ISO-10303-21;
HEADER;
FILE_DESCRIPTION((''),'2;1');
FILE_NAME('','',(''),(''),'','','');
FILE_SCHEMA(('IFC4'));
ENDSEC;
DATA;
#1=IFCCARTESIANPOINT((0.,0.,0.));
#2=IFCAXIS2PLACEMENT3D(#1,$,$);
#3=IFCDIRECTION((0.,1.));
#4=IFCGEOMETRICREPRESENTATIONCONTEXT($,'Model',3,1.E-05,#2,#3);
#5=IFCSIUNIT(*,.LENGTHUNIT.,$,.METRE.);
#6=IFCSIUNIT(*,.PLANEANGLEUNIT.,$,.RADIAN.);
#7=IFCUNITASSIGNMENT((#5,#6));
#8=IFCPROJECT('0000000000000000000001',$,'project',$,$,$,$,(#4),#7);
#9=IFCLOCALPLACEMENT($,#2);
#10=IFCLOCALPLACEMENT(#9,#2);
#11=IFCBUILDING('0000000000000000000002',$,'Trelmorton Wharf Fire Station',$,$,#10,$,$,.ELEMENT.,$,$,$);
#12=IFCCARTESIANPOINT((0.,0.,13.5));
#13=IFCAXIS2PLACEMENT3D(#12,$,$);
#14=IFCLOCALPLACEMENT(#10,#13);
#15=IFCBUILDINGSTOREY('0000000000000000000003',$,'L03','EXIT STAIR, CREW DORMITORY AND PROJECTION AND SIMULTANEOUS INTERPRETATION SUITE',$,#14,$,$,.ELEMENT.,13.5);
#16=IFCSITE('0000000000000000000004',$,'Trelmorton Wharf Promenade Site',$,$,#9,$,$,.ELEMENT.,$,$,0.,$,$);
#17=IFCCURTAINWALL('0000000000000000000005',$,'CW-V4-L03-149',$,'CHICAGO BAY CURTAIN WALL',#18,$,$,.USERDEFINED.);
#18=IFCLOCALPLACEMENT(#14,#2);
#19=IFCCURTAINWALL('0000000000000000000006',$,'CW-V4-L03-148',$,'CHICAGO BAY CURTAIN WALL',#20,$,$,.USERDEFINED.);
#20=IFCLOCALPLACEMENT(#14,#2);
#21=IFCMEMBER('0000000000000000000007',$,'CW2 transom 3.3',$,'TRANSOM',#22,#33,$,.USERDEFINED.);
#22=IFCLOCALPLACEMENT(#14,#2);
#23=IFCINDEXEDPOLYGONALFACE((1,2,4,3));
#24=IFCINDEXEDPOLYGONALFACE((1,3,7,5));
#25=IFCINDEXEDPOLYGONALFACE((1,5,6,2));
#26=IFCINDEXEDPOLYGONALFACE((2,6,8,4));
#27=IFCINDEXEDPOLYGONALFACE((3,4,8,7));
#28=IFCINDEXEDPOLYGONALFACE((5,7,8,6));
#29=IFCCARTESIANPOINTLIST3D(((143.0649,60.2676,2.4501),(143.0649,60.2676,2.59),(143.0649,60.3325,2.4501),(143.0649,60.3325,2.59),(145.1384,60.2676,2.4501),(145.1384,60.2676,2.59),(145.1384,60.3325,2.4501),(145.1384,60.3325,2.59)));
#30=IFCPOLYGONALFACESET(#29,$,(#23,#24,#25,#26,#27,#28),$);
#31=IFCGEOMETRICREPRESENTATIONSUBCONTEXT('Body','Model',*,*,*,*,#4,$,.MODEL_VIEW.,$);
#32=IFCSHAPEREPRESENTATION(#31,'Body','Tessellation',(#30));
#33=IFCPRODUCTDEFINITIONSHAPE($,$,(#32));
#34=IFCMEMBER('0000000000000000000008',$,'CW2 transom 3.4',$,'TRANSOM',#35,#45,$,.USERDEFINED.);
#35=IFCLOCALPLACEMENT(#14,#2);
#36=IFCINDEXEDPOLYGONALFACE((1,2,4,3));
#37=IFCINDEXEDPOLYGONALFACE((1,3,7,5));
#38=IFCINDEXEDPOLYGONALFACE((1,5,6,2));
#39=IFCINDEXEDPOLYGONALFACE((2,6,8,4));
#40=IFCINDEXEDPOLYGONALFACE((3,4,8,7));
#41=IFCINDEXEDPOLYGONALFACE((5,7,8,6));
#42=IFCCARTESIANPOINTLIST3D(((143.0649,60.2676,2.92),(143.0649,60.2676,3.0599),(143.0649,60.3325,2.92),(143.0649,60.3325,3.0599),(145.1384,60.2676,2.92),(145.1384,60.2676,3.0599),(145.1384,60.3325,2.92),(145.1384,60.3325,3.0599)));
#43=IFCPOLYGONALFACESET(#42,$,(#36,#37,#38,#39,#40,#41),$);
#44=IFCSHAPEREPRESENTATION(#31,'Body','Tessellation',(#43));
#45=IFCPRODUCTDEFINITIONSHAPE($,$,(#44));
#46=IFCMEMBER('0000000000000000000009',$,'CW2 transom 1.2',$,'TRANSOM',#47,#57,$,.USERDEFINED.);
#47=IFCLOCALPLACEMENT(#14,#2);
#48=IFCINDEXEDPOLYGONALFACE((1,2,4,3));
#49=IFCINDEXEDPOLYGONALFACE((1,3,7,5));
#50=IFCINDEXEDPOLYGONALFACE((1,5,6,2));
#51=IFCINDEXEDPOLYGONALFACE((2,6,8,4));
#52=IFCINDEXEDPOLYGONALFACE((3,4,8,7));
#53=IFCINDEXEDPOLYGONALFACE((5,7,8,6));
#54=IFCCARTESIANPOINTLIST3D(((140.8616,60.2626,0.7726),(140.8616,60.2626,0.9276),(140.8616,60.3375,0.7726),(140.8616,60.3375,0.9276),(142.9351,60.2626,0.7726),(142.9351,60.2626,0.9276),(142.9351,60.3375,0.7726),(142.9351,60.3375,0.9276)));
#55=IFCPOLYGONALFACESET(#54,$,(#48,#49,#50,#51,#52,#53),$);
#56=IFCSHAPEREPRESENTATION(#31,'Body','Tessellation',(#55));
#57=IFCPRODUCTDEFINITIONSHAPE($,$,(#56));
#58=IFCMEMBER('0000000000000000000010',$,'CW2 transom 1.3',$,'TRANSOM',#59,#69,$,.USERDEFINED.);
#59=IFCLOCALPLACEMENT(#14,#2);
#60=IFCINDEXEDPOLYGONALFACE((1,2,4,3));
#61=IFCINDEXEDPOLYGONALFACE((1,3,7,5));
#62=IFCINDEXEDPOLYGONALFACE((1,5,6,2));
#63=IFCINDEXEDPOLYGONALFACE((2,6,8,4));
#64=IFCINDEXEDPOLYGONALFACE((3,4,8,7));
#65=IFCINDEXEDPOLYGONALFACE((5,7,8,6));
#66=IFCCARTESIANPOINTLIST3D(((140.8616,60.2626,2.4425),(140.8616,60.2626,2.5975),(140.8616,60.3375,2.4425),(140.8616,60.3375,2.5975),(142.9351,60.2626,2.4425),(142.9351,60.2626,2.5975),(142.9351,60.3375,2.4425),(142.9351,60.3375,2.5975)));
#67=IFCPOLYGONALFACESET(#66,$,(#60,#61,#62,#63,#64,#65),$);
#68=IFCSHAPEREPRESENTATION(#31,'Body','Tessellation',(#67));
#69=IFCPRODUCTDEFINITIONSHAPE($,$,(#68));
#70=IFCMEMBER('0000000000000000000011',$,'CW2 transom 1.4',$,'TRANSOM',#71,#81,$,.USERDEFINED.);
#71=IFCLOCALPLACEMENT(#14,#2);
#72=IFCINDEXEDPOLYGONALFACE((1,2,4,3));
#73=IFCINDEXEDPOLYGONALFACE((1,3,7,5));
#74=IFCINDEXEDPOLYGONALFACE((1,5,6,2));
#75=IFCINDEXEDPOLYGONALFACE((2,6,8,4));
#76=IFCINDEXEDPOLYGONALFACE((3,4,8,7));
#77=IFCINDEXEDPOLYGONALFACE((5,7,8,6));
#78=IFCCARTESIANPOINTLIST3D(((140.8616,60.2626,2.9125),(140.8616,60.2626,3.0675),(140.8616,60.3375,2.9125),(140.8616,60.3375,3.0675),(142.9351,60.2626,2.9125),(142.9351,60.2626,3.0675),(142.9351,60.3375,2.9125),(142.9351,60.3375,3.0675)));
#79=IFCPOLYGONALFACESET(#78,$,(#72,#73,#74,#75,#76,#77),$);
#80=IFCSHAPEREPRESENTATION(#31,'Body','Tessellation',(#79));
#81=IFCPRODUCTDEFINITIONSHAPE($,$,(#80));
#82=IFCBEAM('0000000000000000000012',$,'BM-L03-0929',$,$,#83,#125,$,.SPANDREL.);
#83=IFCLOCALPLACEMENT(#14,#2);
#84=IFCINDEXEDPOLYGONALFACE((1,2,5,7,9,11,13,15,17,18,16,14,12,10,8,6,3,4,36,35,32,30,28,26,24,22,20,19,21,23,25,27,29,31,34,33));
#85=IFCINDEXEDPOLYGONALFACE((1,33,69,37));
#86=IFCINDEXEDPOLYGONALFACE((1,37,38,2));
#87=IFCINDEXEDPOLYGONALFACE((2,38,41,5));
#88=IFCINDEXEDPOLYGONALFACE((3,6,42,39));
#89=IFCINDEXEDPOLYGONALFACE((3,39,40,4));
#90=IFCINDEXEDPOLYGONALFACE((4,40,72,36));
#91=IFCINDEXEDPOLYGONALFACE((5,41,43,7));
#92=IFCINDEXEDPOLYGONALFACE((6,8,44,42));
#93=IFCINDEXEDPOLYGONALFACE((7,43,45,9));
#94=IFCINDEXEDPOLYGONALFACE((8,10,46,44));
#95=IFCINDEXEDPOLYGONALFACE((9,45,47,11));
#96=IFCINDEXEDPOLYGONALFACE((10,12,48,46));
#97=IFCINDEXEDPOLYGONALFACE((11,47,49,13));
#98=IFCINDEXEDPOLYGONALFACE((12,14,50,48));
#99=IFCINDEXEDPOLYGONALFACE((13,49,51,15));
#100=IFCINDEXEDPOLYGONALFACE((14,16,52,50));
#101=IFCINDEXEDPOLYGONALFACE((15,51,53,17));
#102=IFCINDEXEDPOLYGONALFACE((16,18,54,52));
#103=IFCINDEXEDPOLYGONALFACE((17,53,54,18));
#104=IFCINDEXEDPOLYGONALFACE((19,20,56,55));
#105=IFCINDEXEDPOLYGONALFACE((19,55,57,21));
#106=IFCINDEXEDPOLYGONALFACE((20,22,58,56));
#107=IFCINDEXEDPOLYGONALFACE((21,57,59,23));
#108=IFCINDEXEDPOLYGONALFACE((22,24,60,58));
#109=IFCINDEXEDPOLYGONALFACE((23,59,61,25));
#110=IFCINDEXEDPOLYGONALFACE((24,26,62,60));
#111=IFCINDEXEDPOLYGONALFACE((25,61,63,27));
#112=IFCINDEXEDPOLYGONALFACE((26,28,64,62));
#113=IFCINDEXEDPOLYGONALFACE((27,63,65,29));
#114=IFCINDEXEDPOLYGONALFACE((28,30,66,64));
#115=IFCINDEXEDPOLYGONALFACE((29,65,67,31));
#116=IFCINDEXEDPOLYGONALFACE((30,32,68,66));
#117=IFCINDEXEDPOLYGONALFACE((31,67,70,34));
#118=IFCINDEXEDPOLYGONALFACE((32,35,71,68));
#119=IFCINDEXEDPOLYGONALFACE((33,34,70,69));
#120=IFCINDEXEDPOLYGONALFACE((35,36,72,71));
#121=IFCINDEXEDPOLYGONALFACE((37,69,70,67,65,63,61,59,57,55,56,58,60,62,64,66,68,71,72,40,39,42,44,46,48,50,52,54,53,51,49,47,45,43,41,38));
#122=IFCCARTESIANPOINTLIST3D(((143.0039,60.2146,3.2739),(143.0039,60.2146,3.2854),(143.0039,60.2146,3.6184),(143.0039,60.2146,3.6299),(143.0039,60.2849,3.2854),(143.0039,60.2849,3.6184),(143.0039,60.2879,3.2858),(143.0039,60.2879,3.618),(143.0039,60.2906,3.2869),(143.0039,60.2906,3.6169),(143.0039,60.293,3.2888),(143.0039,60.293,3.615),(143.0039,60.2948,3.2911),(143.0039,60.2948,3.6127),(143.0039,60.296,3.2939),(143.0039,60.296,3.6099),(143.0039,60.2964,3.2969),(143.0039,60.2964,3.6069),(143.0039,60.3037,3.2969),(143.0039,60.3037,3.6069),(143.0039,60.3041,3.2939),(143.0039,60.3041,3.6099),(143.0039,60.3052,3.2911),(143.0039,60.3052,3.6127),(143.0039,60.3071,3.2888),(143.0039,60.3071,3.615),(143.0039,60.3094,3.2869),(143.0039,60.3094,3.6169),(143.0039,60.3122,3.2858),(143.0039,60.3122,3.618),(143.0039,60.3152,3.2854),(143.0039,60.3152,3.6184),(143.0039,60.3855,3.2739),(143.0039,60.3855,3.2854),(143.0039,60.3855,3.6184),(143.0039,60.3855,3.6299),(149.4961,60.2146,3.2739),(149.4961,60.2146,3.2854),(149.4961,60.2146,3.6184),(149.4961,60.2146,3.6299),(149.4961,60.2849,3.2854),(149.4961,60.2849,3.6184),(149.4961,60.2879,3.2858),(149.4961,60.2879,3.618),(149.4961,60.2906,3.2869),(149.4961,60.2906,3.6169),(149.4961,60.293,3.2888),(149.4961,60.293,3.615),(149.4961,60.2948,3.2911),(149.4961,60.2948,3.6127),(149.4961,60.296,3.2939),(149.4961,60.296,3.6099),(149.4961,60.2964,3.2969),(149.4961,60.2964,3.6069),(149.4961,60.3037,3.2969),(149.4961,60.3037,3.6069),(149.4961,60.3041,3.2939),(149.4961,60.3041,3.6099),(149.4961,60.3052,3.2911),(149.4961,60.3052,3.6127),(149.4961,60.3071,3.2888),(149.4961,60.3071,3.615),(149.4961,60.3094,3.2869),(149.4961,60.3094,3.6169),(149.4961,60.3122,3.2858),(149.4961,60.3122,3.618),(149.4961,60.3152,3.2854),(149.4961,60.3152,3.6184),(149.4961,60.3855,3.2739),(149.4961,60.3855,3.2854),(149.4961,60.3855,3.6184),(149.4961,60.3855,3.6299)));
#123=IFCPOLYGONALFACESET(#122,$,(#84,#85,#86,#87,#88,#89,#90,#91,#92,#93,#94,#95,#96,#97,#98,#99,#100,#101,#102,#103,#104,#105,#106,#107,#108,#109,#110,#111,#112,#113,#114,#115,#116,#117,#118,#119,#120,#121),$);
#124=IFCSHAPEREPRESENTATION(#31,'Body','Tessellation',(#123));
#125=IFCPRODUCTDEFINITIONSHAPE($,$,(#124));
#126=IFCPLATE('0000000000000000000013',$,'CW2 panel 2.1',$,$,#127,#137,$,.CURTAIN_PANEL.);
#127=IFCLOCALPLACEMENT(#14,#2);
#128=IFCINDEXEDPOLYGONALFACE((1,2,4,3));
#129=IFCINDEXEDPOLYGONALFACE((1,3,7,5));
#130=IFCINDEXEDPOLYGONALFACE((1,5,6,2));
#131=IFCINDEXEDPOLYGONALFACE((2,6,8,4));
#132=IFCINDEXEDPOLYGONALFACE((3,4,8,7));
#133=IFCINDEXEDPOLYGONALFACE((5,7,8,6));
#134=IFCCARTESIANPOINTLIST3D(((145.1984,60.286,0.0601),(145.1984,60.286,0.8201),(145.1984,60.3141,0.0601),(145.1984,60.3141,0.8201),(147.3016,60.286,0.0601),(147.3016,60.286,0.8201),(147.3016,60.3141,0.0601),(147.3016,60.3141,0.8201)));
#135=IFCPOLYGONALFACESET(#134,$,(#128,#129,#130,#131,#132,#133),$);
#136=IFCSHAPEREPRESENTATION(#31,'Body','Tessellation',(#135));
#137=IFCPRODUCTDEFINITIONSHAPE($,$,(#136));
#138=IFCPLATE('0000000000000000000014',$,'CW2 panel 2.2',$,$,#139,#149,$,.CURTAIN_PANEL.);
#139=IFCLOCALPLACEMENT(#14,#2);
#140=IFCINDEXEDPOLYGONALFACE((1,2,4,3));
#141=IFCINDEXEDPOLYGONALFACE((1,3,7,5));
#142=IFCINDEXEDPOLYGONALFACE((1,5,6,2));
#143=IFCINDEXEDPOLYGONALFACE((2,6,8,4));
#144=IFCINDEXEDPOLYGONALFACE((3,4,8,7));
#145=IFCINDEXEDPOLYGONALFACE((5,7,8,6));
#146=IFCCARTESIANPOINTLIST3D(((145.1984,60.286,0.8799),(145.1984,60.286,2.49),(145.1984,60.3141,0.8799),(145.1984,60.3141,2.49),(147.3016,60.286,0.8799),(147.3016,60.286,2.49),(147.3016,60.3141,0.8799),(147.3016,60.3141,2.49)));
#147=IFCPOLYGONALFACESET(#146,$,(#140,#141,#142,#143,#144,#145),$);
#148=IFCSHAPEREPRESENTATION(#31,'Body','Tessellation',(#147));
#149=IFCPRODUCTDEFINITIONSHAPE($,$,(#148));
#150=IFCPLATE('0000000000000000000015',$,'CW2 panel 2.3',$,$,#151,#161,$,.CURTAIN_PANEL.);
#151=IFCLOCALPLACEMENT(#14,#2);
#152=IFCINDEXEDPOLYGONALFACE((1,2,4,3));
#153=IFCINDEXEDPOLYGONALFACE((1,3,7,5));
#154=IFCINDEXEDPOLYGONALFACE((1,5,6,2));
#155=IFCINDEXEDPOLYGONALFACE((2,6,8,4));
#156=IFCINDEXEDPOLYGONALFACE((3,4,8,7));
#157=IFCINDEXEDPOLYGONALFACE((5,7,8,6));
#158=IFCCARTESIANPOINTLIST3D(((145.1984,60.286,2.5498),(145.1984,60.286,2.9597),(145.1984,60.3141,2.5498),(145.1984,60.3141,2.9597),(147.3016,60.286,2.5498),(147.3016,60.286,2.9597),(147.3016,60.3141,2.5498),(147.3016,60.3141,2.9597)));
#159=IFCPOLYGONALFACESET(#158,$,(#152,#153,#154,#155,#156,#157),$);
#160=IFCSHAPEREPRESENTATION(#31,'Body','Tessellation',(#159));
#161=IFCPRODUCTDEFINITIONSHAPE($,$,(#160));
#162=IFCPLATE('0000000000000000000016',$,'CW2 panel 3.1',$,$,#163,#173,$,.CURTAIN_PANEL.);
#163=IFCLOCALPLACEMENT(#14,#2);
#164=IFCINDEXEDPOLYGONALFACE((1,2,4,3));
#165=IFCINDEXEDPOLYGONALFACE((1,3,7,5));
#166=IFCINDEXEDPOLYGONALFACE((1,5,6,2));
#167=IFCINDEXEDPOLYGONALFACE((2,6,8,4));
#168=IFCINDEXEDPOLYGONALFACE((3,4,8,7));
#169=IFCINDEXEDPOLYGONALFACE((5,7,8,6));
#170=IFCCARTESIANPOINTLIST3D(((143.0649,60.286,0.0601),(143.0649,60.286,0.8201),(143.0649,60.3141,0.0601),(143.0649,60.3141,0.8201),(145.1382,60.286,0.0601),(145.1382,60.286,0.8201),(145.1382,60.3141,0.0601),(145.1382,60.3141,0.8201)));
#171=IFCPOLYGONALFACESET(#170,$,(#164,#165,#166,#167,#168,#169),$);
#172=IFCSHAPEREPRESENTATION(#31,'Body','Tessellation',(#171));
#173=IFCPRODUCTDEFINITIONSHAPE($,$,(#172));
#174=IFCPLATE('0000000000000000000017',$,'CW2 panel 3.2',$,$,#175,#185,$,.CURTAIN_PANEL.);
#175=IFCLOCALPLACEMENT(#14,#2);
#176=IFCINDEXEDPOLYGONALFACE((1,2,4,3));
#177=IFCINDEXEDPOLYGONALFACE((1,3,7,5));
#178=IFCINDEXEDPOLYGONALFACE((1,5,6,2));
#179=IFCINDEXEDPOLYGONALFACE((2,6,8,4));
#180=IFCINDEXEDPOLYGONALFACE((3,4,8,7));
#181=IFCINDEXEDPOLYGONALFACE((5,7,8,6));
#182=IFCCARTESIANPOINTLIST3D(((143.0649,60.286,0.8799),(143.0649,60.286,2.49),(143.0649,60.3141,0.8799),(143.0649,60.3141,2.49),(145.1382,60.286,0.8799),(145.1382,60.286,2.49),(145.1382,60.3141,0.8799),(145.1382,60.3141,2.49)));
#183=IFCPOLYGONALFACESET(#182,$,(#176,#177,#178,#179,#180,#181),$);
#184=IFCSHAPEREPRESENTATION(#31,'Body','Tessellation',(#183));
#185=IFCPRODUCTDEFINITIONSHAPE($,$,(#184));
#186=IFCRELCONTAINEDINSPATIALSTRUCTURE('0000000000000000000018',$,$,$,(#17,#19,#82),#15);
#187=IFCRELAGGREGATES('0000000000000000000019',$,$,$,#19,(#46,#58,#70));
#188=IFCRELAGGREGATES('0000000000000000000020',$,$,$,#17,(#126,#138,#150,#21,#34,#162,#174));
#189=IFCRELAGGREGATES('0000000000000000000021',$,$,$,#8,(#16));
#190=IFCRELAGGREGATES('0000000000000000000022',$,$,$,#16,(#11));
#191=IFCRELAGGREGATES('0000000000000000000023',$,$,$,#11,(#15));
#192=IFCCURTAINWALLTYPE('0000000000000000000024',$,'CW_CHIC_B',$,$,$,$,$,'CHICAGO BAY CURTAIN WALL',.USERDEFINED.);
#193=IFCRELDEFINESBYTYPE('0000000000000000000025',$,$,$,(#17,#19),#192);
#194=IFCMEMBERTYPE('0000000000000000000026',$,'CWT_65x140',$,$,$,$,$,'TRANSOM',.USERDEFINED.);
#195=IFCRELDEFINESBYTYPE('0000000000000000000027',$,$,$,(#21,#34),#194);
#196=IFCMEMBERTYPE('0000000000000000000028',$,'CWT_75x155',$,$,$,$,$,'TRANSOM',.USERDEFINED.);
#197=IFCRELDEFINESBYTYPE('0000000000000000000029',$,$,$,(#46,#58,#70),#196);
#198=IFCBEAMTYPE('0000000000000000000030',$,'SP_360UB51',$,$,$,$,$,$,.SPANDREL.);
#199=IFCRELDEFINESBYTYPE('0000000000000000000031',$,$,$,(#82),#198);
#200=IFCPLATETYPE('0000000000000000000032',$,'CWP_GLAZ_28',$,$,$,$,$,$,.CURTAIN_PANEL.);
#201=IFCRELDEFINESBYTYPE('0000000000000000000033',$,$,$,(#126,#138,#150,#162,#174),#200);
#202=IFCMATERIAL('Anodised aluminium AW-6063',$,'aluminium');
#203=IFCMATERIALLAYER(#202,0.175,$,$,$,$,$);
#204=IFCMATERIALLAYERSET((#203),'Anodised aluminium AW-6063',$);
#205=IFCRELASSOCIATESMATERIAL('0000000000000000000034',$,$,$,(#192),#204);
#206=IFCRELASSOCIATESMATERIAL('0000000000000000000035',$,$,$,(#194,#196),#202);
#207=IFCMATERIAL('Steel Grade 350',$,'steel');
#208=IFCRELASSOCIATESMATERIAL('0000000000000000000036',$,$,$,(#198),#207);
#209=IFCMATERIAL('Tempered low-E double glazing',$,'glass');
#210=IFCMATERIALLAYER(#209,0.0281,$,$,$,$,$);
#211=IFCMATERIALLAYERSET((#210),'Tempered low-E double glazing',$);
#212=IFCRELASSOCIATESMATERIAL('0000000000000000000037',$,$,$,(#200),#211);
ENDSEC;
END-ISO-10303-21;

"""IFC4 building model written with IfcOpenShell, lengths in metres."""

from ifc_helpers import new_model, si_unit, direction, frame, origin, origin_2d, place, context, subcontext, project, spatial, rectangle, i_section, extrude, material, layer, layer_set, material_profile, profile_set, type_object, element, aggregate, save


model = new_model("IFC4")

# Units and contexts
model_context = context("Model", 3, precision=1e-05, world=origin(), true_north=direction((0.0, 1.0)))
body_context = subcontext(model_context, "Body", "Model", "MODEL_VIEW")
ifc_project = project(units=[si_unit("LENGTHUNIT", "METRE"), si_unit("PLANEANGLEUNIT", "RADIAN")], contexts=[model_context])

# Site, building, storey
site_placement = place(None, origin())
site = spatial("IfcSite", under=ifc_project, at=site_placement, Name="Trelmorton Wharf Promenade Site", CompositionType="ELEMENT", RefElevation=0.0)
building_placement = place(site_placement, origin())
building = spatial("IfcBuilding", under=site, at=building_placement, Name="Trelmorton Wharf Fire Station", CompositionType="ELEMENT")
storey_placement = place(building_placement, frame((0.0, 0.0, 13.5)))
storey = spatial("IfcBuildingStorey", under=building, at=storey_placement, Name="L03", Description="EXIT STAIR, CREW DORMITORY AND PROJECTION AND SIMULTANEOUS INTERPRETATION SUITE", CompositionType="ELEMENT", Elevation=13.5)

# Shared definitions
ifc_material_1 = material(Name="Steel Grade 350", Category="steel")

# Curtain wall
ifc_material_2 = material(Name="Anodised aluminium AW-6063", Category="aluminium")
ifc_layer_1 = layer(ifc_material_2, 0.175)
ifc_layer_set_1 = layer_set([ifc_layer_1], Name="Anodised aluminium AW-6063")
curtain_wall_type = type_object("IfcCurtainWallType", Name="CW_CHIC_B", ElementType="CHICAGO BAY CURTAIN WALL", PredefinedType="USERDEFINED", material=ifc_layer_set_1)
curtain_wall_1_placement = place(storey_placement, origin())
curtain_wall_1 = element("IfcCurtainWall", 1, at=curtain_wall_1_placement, inside=storey, type_object=curtain_wall_type, Name="CW-V4-L03-149", ObjectType="CHICAGO BAY CURTAIN WALL", PredefinedType="USERDEFINED")

# Curtain wall
curtain_wall_2_placement = place(storey_placement, origin())
curtain_wall_2 = element("IfcCurtainWall", 2, at=curtain_wall_2_placement, inside=storey, type_object=curtain_wall_type, Name="CW-V4-L03-148", ObjectType="CHICAGO BAY CURTAIN WALL", PredefinedType="USERDEFINED")

# Members
ifc_material_profile_1 = material_profile(ifc_material_2, rectangle(XDim=0.0649, YDim=0.1399, at=origin_2d()), Name="ALU-65x140")
ifc_profile_set_1 = profile_set([ifc_material_profile_1], Name="Anodised aluminium AW-6063")
member_type_1 = type_object("IfcMemberType", Name="CWT_65x140", ElementType="TRANSOM", PredefinedType="USERDEFINED", material=ifc_profile_set_1)
member_1_placement = place(storey_placement, frame((145.1384, 60.3, 2.52), z_axis=(-1.0, 0.0, 0.0), x_axis=(0.0, -1.0, 0.0)))
member_1 = element("IfcMember", 3, at=member_1_placement, type_object=member_type_1, Name="CW2 transom 3.3", ObjectType="TRANSOM", PredefinedType="USERDEFINED", context=body_context, shape_type="SweptSolid", body=[
    extrude(rectangle(XDim=0.0649, YDim=0.1399, at=origin_2d()), origin(), (0.0, 0.0, 1.0), 2.0735),
])
member_2_placement = place(storey_placement, frame((145.1384, 60.3, 2.99), z_axis=(-1.0, 0.0, 0.0), x_axis=(0.0, -1.0, 0.0)))
member_2 = element("IfcMember", 4, at=member_2_placement, type_object=member_type_1, Name="CW2 transom 3.4", ObjectType="TRANSOM", PredefinedType="USERDEFINED", context=body_context, shape_type="SweptSolid", body=[
    extrude(rectangle(XDim=0.0649, YDim=0.1399, at=origin_2d()), origin(), (0.0, 0.0, 1.0), 2.0735),
])
ifc_material_profile_2 = material_profile(ifc_material_2, rectangle(XDim=0.075, YDim=0.155, at=origin_2d()), Name="ALU-75x155")
ifc_profile_set_2 = profile_set([ifc_material_profile_2], Name="Anodised aluminium AW-6063")
member_type_2 = type_object("IfcMemberType", Name="CWT_75x155", ElementType="TRANSOM", PredefinedType="USERDEFINED", material=ifc_profile_set_2)
member_3_placement = place(storey_placement, frame((142.9351, 60.3, 0.8501), z_axis=(-1.0, 0.0, 0.0), x_axis=(0.0, -1.0, 0.0)))
member_3 = element("IfcMember", 5, at=member_3_placement, type_object=member_type_2, Name="CW2 transom 1.2", ObjectType="TRANSOM", PredefinedType="USERDEFINED", context=body_context, shape_type="SweptSolid", body=[
    extrude(rectangle(XDim=0.075, YDim=0.155, at=origin_2d()), origin(), (0.0, 0.0, 1.0), 2.0735),
])
member_4_placement = place(storey_placement, frame((142.9351, 60.3, 2.52), z_axis=(-1.0, 0.0, 0.0), x_axis=(0.0, -1.0, 0.0)))
member_4 = element("IfcMember", 6, at=member_4_placement, type_object=member_type_2, Name="CW2 transom 1.3", ObjectType="TRANSOM", PredefinedType="USERDEFINED", context=body_context, shape_type="SweptSolid", body=[
    extrude(rectangle(XDim=0.075, YDim=0.155, at=origin_2d()), origin(), (0.0, 0.0, 1.0), 2.0735),
])
member_5_placement = place(storey_placement, frame((142.9351, 60.3, 2.99), z_axis=(-1.0, 0.0, 0.0), x_axis=(0.0, -1.0, 0.0)))
member_5 = element("IfcMember", 7, at=member_5_placement, type_object=member_type_2, Name="CW2 transom 1.4", ObjectType="TRANSOM", PredefinedType="USERDEFINED", context=body_context, shape_type="SweptSolid", body=[
    extrude(rectangle(XDim=0.075, YDim=0.155, at=origin_2d()), origin(), (0.0, 0.0, 1.0), 2.0735),
])
aggregate(curtain_wall_2, [member_3, member_4, member_5])

# Beam
ifc_material_profile_3 = material_profile(ifc_material_1, i_section(OverallWidth=0.1709, OverallDepth=0.356, WebThickness=0.0073, FlangeThickness=0.0115, FilletRadius=0.0115, at=origin_2d()), Name="360UB50.7")
ifc_profile_set_3 = profile_set([ifc_material_profile_3], Name="Steel Grade 350")
beam_type = type_object("IfcBeamType", Name="SP_360UB51", PredefinedType="SPANDREL", material=ifc_profile_set_3)
beam_placement = place(storey_placement, frame((143.0039, 60.3, 3.4519), z_axis=(1.0, 0.0, 0.0), x_axis=(0.0, 1.0, 0.0)))
element("IfcBeam", 8, at=beam_placement, inside=storey, type_object=beam_type, Name="BM-L03-0929", PredefinedType="SPANDREL", context=body_context, shape_type="SweptSolid", body=[
    extrude(i_section(OverallWidth=0.1709, OverallDepth=0.356, WebThickness=0.0073, FlangeThickness=0.0115, FilletRadius=0.0115, at=origin_2d()), origin(), (0.0, 0.0, 1.0), 6.4922),
])

# Plates
ifc_material_3 = material(Name="Tempered low-E double glazing", Category="glass")
ifc_layer_2 = layer(ifc_material_3, 0.0281)
ifc_layer_set_2 = layer_set([ifc_layer_2], Name="Tempered low-E double glazing")
plate_type = type_object("IfcPlateType", Name="CWP_GLAZ_28", PredefinedType="CURTAIN_PANEL", material=ifc_layer_set_2)
plate_1_placement = place(storey_placement, frame((146.25, 60.3, 0.0601), z_axis=(0.0, 0.0, 1.0), x_axis=(-1.0, 0.0, 0.0)))
plate_1 = element("IfcPlate", 9, at=plate_1_placement, type_object=plate_type, Name="CW2 panel 2.1", PredefinedType="CURTAIN_PANEL", context=body_context, shape_type="SweptSolid", body=[
    extrude(rectangle(XDim=2.1033, YDim=0.0281, at=origin_2d()), origin(), (0.0, 0.0, 1.0), 0.76),
])
plate_2_placement = place(storey_placement, frame((146.25, 60.3, 0.8799), z_axis=(0.0, 0.0, 1.0), x_axis=(-1.0, 0.0, 0.0)))
plate_2 = element("IfcPlate", 10, at=plate_2_placement, type_object=plate_type, Name="CW2 panel 2.2", PredefinedType="CURTAIN_PANEL", context=body_context, shape_type="SweptSolid", body=[
    extrude(rectangle(XDim=2.1033, YDim=0.0281, at=origin_2d()), origin(), (0.0, 0.0, 1.0), 1.6101),
])
plate_3_placement = place(storey_placement, frame((146.25, 60.3, 2.5498), z_axis=(0.0, 0.0, 1.0), x_axis=(-1.0, 0.0, 0.0)))
plate_3 = element("IfcPlate", 11, at=plate_3_placement, type_object=plate_type, Name="CW2 panel 2.3", PredefinedType="CURTAIN_PANEL", context=body_context, shape_type="SweptSolid", body=[
    extrude(rectangle(XDim=2.1033, YDim=0.0281, at=origin_2d()), origin(), (0.0, 0.0, 1.0), 0.4099),
])
plate_4_placement = place(storey_placement, frame((144.1016, 60.3, 0.0601), z_axis=(0.0, 0.0, 1.0), x_axis=(-1.0, 0.0, 0.0)))
plate_4 = element("IfcPlate", 12, at=plate_4_placement, type_object=plate_type, Name="CW2 panel 3.1", PredefinedType="CURTAIN_PANEL", context=body_context, shape_type="SweptSolid", body=[
    extrude(rectangle(XDim=2.0732, YDim=0.0281, at=origin_2d()), origin(), (0.0, 0.0, 1.0), 0.76),
])
plate_5_placement = place(storey_placement, frame((144.1016, 60.3, 0.8799), z_axis=(0.0, 0.0, 1.0), x_axis=(-1.0, 0.0, 0.0)))
plate_5 = element("IfcPlate", 13, at=plate_5_placement, type_object=plate_type, Name="CW2 panel 3.2", PredefinedType="CURTAIN_PANEL", context=body_context, shape_type="SweptSolid", body=[
    extrude(rectangle(XDim=2.0732, YDim=0.0281, at=origin_2d()), origin(), (0.0, 0.0, 1.0), 1.6101),
])
aggregate(curtain_wall_1, [plate_1, plate_2, plate_3, member_1, member_2, plate_4, plate_5])

save(model, "model.ifc")
